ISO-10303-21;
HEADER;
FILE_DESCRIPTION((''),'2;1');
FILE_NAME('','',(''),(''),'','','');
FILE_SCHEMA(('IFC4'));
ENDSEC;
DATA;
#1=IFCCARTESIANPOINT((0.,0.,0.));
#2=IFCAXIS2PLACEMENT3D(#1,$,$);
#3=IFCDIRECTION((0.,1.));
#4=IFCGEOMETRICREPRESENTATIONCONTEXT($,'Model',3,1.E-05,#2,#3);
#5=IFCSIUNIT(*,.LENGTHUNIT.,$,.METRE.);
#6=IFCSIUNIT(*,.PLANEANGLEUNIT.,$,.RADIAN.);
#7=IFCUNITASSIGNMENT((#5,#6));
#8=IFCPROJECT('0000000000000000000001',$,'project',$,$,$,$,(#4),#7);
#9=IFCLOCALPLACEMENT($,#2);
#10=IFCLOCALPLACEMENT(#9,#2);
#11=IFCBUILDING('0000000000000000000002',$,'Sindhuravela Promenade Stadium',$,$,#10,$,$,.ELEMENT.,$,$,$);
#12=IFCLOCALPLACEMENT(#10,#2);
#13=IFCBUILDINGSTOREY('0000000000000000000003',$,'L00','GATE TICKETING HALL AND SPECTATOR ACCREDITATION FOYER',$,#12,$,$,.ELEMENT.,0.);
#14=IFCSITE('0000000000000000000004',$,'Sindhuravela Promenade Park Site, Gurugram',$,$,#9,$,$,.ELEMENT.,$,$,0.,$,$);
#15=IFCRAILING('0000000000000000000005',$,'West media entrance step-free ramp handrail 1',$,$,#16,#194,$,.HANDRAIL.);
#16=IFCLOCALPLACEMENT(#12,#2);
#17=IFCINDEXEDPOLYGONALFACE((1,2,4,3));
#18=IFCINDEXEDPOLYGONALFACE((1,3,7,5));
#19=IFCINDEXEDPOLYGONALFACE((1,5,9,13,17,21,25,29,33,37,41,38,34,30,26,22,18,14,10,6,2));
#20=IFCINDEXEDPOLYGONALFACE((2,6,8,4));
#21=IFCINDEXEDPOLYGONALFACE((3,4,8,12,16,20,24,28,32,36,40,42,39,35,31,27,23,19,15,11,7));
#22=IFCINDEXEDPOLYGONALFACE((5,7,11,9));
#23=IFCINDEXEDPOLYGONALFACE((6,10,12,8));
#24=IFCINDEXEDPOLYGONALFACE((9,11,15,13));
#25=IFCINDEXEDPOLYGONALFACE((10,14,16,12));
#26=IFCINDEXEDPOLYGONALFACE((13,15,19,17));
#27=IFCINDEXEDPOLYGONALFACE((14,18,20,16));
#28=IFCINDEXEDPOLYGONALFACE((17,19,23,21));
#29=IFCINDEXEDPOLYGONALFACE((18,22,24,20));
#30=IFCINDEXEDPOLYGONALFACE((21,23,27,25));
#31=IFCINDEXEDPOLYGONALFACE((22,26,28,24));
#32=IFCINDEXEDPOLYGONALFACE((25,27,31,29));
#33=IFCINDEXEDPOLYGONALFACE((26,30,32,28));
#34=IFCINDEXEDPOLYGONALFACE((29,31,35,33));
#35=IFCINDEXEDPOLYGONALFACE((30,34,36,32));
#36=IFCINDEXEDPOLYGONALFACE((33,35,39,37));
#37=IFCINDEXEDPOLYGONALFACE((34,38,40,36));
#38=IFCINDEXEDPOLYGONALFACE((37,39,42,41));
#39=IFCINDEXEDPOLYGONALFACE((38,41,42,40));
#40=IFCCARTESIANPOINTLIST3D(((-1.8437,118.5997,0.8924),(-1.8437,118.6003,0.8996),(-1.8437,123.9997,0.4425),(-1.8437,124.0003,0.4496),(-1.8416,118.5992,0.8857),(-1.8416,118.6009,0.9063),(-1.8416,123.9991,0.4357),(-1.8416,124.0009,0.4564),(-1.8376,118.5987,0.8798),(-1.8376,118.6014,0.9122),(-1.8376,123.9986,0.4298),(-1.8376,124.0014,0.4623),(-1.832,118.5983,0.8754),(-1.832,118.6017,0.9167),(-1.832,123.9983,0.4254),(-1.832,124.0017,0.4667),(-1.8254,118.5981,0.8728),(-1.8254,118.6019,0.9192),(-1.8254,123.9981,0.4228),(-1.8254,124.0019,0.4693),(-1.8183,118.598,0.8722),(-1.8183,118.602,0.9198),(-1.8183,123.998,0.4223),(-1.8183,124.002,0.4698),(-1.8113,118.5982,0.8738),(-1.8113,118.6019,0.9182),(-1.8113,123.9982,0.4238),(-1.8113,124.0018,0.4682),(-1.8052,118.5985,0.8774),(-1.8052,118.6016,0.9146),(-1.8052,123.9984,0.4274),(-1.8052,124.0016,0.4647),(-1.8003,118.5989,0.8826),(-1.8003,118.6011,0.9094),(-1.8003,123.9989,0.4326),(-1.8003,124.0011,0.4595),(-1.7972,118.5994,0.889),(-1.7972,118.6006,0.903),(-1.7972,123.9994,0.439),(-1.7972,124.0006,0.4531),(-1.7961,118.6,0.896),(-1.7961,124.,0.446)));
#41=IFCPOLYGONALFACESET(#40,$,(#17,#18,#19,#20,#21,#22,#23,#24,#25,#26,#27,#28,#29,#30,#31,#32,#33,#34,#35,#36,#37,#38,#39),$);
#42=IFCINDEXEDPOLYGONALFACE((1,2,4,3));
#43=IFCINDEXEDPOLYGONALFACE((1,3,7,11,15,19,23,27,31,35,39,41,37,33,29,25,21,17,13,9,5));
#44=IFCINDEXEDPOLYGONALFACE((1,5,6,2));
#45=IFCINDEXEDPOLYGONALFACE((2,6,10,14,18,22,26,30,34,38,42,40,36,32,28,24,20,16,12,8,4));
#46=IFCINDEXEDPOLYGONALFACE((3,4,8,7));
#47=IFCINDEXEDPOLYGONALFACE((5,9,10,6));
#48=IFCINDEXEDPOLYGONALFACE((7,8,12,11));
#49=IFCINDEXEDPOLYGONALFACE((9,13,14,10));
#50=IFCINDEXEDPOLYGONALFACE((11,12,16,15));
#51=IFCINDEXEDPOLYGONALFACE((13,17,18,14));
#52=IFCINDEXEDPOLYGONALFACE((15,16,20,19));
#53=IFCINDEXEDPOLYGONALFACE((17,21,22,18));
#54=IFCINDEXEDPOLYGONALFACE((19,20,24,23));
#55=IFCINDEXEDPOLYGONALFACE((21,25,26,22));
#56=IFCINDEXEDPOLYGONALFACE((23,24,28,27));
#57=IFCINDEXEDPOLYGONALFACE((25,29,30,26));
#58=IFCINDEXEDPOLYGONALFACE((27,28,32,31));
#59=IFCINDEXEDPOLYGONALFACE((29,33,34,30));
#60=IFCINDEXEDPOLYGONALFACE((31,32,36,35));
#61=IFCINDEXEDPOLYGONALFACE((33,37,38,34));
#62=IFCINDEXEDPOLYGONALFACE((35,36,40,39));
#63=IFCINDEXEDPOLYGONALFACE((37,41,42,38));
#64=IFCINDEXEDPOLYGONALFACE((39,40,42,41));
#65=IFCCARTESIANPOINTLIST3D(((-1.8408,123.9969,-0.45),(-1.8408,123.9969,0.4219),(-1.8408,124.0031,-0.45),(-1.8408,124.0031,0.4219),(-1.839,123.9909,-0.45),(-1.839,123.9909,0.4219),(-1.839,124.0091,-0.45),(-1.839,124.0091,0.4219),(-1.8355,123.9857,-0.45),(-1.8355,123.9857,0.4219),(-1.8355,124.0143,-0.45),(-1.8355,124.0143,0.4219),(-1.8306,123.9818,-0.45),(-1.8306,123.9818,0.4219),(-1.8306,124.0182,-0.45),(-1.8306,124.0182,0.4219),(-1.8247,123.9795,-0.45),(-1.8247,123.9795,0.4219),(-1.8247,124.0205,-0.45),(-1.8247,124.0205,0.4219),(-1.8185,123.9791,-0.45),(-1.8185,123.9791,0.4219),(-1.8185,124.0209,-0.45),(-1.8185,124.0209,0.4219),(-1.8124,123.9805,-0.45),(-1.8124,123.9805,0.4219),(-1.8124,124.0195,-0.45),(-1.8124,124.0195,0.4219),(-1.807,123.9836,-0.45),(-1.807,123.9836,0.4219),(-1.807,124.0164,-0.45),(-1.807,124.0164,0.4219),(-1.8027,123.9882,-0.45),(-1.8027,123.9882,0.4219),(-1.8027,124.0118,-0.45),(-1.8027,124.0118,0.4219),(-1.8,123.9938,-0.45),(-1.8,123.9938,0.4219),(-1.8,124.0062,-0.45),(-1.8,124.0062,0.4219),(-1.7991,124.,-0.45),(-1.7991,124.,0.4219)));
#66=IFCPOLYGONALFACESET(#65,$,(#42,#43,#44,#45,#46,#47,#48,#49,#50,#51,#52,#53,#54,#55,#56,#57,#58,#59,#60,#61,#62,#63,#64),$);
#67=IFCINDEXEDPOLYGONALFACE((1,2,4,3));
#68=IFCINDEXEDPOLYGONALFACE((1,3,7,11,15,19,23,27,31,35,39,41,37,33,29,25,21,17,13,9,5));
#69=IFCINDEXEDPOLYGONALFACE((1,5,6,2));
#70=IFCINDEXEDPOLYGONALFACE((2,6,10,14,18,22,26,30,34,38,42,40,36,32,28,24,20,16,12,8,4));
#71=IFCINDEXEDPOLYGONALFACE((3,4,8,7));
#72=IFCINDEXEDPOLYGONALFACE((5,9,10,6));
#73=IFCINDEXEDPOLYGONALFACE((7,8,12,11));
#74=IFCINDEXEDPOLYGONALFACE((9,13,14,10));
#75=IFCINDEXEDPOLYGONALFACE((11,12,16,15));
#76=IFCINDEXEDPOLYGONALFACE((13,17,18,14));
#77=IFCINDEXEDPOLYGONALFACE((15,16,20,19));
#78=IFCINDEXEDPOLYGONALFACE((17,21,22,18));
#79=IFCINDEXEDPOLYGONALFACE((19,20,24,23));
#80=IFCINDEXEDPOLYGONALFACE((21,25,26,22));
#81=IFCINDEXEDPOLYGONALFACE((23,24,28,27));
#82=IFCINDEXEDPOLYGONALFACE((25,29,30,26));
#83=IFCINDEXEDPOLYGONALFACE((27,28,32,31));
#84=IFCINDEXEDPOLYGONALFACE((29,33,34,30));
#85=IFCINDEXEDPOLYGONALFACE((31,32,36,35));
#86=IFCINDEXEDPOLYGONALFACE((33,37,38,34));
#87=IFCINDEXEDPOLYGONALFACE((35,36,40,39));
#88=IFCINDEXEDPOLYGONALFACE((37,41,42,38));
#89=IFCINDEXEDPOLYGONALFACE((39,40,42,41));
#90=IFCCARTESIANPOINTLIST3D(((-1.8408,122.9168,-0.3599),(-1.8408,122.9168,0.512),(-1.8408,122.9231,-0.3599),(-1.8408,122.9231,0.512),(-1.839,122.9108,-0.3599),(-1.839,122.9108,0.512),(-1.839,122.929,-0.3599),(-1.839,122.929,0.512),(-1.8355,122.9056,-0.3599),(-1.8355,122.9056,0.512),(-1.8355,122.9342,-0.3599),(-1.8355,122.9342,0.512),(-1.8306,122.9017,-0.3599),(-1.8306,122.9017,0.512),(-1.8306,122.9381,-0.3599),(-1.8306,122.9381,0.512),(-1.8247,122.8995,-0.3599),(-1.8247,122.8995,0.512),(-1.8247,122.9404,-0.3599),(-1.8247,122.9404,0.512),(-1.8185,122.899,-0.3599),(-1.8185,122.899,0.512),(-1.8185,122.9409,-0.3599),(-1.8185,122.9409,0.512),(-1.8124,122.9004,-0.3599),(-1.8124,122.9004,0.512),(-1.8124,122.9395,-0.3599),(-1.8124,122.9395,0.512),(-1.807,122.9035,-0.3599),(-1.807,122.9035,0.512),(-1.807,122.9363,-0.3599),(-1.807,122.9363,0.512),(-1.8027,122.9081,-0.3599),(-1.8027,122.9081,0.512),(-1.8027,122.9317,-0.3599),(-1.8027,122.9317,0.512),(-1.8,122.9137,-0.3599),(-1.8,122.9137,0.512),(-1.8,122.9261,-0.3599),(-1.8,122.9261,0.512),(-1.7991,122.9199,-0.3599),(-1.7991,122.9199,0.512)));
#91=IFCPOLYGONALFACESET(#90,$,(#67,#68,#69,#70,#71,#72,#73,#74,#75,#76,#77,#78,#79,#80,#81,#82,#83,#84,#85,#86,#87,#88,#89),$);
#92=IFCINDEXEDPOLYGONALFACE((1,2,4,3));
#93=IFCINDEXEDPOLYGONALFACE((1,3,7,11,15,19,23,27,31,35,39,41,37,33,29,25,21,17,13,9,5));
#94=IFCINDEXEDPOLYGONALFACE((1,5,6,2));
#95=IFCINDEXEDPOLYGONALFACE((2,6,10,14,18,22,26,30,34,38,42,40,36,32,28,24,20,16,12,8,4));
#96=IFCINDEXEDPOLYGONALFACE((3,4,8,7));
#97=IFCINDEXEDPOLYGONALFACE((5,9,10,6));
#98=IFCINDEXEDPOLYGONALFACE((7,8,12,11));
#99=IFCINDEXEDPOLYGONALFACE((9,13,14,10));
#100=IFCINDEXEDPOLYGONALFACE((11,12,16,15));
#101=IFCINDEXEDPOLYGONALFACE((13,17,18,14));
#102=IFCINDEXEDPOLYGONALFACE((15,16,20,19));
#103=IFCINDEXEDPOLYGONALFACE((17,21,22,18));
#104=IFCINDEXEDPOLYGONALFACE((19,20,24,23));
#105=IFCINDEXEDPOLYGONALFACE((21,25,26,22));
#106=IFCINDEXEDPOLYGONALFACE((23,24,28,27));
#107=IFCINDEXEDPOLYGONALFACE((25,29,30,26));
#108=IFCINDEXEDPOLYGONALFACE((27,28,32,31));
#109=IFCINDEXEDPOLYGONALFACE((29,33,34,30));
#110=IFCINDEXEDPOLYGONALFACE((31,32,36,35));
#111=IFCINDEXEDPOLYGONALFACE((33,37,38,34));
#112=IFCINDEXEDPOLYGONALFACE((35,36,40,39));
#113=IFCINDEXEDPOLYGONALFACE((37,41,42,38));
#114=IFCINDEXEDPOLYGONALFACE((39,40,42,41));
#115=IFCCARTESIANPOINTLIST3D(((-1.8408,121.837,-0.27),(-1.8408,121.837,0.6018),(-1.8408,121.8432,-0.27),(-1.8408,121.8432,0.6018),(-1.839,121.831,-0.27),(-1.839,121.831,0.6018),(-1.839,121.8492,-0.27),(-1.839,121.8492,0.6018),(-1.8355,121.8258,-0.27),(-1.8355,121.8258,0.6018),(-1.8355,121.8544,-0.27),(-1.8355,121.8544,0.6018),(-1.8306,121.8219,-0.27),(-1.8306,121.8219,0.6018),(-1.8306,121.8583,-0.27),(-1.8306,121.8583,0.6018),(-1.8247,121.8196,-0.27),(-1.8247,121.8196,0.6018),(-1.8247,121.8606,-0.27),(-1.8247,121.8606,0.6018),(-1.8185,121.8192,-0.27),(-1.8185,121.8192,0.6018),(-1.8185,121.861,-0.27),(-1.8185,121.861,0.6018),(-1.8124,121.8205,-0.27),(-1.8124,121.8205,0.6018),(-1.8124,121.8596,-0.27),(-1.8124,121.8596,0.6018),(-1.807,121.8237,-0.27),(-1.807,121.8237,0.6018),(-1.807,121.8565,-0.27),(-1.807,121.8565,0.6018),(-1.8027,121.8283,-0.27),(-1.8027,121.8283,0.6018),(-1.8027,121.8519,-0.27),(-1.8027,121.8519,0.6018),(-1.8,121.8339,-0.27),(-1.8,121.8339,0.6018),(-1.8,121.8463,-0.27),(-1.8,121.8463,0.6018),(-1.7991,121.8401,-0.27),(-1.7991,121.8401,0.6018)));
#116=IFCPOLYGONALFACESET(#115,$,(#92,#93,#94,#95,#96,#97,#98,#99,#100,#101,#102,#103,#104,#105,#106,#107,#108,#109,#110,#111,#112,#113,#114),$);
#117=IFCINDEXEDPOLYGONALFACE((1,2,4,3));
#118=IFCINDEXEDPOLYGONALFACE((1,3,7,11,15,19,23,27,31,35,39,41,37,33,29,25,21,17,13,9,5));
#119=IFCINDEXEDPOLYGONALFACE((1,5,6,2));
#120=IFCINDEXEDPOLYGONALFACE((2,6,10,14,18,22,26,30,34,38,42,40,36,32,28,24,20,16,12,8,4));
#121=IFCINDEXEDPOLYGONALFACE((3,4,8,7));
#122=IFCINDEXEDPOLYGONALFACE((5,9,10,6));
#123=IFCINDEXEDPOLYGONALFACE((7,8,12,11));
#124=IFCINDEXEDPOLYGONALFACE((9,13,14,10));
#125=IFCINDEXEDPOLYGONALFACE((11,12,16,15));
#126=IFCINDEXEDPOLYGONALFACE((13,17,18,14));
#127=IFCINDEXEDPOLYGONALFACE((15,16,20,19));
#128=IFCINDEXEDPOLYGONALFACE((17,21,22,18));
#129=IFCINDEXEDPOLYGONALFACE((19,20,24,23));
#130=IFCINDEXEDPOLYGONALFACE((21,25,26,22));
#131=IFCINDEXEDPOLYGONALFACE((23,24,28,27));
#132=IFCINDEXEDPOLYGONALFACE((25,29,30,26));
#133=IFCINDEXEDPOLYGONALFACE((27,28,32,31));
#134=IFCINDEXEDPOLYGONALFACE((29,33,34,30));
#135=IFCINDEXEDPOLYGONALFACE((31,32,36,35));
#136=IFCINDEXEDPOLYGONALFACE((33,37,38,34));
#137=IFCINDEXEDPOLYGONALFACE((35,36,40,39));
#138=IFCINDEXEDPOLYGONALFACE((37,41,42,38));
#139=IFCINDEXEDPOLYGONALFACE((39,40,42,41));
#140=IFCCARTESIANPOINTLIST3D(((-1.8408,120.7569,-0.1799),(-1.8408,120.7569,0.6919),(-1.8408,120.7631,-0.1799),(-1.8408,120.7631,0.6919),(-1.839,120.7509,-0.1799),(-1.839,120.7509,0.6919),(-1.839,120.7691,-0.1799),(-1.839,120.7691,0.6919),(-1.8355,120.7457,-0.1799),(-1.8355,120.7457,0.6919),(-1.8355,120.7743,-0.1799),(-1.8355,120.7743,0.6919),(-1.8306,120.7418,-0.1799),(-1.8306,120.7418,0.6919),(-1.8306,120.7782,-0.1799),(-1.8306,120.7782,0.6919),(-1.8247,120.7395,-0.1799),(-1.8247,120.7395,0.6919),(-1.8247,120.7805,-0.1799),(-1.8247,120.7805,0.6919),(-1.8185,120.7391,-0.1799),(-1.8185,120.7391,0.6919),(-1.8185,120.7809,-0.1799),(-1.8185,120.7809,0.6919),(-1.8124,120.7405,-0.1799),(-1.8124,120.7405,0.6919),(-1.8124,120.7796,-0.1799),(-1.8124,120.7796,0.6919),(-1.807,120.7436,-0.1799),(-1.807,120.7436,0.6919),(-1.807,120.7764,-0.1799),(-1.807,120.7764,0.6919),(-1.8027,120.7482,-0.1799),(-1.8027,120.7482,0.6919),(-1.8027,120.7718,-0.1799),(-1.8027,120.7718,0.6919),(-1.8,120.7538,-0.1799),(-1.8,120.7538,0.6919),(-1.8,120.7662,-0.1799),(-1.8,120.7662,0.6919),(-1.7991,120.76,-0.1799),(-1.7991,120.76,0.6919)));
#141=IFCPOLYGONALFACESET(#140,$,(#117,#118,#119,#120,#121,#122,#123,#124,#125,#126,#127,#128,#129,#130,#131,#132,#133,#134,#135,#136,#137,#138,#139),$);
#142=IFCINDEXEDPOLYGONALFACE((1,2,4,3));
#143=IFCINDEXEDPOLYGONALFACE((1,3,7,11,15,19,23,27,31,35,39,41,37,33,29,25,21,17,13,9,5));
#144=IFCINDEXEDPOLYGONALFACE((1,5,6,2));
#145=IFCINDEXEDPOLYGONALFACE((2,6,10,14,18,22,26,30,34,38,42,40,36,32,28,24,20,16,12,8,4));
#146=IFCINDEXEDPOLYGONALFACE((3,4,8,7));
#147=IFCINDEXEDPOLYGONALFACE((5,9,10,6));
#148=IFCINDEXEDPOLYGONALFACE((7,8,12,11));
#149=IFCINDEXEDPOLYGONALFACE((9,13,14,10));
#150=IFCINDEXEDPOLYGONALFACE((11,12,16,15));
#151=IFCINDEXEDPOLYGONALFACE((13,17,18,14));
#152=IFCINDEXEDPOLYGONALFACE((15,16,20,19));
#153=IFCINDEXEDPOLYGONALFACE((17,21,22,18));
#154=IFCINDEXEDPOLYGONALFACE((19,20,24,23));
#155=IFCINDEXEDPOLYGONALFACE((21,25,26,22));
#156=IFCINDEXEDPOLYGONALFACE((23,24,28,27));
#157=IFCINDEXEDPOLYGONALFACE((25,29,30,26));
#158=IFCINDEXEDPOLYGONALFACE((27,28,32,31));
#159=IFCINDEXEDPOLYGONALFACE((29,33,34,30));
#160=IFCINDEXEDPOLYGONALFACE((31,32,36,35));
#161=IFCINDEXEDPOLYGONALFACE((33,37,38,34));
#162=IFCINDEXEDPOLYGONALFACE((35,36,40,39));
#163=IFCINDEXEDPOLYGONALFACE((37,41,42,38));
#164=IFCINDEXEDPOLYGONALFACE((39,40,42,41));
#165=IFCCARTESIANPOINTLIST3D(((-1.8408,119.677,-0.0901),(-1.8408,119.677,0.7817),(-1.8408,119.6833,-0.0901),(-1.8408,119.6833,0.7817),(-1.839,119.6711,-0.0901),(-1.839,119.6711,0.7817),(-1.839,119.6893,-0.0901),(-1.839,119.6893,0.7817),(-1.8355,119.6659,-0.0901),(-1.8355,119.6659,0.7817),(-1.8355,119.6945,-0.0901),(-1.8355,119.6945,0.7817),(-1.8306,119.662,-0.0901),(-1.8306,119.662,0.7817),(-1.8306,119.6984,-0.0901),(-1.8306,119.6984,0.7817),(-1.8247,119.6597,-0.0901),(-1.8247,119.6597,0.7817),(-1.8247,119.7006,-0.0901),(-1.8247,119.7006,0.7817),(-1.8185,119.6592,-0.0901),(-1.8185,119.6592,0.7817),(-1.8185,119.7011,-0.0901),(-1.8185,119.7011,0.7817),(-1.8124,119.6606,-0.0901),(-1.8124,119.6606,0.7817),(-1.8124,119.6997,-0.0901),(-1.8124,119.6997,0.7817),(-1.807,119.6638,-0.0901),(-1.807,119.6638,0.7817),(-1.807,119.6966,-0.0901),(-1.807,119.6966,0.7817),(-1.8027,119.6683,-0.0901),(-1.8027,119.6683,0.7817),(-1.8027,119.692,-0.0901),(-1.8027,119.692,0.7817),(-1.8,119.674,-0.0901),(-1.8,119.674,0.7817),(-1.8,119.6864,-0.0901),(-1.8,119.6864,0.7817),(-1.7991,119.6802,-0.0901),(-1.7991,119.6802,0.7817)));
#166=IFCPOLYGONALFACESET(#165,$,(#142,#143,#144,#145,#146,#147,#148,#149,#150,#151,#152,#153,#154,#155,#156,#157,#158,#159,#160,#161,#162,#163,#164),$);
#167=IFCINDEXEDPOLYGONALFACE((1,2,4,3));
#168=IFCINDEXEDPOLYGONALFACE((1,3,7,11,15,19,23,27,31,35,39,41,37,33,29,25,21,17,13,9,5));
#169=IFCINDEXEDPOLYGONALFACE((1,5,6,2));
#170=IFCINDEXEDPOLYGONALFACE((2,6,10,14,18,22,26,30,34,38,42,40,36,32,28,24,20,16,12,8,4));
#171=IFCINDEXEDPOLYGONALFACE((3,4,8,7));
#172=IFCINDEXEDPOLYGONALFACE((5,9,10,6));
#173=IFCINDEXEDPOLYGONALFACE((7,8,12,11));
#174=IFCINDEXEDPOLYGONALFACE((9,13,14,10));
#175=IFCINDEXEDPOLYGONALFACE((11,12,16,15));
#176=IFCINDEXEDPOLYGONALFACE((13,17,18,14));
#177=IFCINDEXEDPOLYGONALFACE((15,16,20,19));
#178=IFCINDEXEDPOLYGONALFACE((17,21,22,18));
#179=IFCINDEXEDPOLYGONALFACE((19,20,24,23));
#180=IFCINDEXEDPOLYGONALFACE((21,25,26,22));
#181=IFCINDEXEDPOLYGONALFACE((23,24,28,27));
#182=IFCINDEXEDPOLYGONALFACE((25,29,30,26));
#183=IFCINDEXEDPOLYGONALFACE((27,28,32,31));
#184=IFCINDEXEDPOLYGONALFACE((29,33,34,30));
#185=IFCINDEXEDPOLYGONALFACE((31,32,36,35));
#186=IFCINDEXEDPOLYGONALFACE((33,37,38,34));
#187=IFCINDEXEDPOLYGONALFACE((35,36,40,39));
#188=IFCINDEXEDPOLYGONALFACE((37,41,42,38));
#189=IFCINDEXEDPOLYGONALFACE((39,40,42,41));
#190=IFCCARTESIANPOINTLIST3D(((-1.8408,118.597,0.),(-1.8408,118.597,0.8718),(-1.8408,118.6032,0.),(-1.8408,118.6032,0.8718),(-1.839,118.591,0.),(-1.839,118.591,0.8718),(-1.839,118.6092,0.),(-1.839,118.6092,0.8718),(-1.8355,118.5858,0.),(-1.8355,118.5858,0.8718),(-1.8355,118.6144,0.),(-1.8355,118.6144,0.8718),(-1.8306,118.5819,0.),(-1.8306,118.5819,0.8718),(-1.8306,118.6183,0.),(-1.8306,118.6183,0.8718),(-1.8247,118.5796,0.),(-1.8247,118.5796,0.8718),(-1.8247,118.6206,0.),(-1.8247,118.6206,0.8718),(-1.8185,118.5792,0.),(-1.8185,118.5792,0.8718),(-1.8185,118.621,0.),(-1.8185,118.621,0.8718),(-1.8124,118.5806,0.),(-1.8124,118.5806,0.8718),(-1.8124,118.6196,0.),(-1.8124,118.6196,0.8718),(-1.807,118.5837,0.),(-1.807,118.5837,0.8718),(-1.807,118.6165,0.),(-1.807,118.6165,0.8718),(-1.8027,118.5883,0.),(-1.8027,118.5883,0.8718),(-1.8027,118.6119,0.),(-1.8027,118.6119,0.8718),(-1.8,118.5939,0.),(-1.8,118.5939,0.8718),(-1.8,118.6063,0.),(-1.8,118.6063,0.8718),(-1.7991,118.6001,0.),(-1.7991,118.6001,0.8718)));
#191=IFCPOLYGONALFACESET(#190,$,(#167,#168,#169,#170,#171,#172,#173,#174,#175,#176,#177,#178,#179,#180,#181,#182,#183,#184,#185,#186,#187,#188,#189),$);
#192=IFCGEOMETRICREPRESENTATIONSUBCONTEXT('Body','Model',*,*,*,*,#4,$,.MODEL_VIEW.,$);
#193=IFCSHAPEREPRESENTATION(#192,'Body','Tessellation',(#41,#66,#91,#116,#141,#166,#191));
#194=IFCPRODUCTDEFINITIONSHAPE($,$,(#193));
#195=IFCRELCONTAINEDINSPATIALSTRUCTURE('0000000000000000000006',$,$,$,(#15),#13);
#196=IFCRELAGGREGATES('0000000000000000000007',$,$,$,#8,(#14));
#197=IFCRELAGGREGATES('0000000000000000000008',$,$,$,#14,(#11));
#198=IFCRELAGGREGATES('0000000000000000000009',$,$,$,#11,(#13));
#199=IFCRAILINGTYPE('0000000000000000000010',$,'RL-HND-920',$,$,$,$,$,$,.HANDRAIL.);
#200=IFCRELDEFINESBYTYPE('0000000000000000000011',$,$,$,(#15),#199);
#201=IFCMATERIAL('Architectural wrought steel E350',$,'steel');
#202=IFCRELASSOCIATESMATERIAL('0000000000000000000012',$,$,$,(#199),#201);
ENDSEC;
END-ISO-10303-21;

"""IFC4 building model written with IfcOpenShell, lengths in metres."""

from ifc_helpers import new_model, si_unit, direction, frame, origin, origin_2d, place, context, subcontext, project, spatial, circle, extrude, material, type_object, element, save


model = new_model("IFC4")

# Units and contexts
model_context = context("Model", 3, precision=1e-05, world=origin(), true_north=direction((0.0, 1.0)))
body_context = subcontext(model_context, "Body", "Model", "MODEL_VIEW")
ifc_project = project(units=[si_unit("LENGTHUNIT", "METRE"), si_unit("PLANEANGLEUNIT", "RADIAN")], contexts=[model_context])

# Site, building, storey
site_placement = place(None, origin())
site = spatial("IfcSite", under=ifc_project, at=site_placement, Name="Sindhuravela Promenade Park Site, Gurugram", CompositionType="ELEMENT", RefElevation=0.0)
building_placement = place(site_placement, origin())
building = spatial("IfcBuilding", under=site, at=building_placement, Name="Sindhuravela Promenade Stadium", CompositionType="ELEMENT")
storey_placement = place(building_placement, origin())
storey = spatial("IfcBuildingStorey", under=building, at=storey_placement, Name="L00", Description="GATE TICKETING HALL AND SPECTATOR ACCREDITATION FOYER", CompositionType="ELEMENT", Elevation=0.0)

# Railing
ifc_material_1 = material(Name="Architectural wrought steel E350", Category="steel")
railing_type = type_object("IfcRailingType", Name="RL-HND-920", PredefinedType="HANDRAIL", material=ifc_material_1)
for number, where, name in (
    (1, (-1.8201, 124.0, -0.45), "West media entrance step-free ramp handrail 1"),
):
    element("IfcRailing", number, at=place(storey_placement, frame(where)), inside=storey, type_object=railing_type, Name=name, PredefinedType="HANDRAIL", context=body_context, shape_type="SweptSolid", body=[
        extrude(circle(Radius=0.0239, at=origin_2d()), frame((0.0, 0.0, 0.896), z_axis=(0.0, -0.996546, 0.083038), x_axis=(1.0, 0.0, 0.0)), (0.0, 0.0, 1.0), 5.4187),
        extrude(circle(Radius=0.021, at=origin_2d()), origin(), (0.0, 0.0, 1.0), 0.8718),
        extrude(circle(Radius=0.021, at=origin_2d()), frame((0.0, -1.0801, 0.0901)), (0.0, 0.0, 1.0), 0.8718),
        extrude(circle(Radius=0.021, at=origin_2d()), frame((0.0, -2.1599, 0.1799)), (0.0, 0.0, 1.0), 0.8718),
        extrude(circle(Radius=0.021, at=origin_2d()), frame((0.0, -3.24, 0.27)), (0.0, 0.0, 1.0), 0.8718),
        extrude(circle(Radius=0.021, at=origin_2d()), frame((0.0, -4.3198, 0.3599)), (0.0, 0.0, 1.0), 0.8718),
        extrude(circle(Radius=0.021, at=origin_2d()), frame((0.0, -5.3999, 0.45)), (0.0, 0.0, 1.0), 0.8718),
    ])

save(model, "model.ifc")
